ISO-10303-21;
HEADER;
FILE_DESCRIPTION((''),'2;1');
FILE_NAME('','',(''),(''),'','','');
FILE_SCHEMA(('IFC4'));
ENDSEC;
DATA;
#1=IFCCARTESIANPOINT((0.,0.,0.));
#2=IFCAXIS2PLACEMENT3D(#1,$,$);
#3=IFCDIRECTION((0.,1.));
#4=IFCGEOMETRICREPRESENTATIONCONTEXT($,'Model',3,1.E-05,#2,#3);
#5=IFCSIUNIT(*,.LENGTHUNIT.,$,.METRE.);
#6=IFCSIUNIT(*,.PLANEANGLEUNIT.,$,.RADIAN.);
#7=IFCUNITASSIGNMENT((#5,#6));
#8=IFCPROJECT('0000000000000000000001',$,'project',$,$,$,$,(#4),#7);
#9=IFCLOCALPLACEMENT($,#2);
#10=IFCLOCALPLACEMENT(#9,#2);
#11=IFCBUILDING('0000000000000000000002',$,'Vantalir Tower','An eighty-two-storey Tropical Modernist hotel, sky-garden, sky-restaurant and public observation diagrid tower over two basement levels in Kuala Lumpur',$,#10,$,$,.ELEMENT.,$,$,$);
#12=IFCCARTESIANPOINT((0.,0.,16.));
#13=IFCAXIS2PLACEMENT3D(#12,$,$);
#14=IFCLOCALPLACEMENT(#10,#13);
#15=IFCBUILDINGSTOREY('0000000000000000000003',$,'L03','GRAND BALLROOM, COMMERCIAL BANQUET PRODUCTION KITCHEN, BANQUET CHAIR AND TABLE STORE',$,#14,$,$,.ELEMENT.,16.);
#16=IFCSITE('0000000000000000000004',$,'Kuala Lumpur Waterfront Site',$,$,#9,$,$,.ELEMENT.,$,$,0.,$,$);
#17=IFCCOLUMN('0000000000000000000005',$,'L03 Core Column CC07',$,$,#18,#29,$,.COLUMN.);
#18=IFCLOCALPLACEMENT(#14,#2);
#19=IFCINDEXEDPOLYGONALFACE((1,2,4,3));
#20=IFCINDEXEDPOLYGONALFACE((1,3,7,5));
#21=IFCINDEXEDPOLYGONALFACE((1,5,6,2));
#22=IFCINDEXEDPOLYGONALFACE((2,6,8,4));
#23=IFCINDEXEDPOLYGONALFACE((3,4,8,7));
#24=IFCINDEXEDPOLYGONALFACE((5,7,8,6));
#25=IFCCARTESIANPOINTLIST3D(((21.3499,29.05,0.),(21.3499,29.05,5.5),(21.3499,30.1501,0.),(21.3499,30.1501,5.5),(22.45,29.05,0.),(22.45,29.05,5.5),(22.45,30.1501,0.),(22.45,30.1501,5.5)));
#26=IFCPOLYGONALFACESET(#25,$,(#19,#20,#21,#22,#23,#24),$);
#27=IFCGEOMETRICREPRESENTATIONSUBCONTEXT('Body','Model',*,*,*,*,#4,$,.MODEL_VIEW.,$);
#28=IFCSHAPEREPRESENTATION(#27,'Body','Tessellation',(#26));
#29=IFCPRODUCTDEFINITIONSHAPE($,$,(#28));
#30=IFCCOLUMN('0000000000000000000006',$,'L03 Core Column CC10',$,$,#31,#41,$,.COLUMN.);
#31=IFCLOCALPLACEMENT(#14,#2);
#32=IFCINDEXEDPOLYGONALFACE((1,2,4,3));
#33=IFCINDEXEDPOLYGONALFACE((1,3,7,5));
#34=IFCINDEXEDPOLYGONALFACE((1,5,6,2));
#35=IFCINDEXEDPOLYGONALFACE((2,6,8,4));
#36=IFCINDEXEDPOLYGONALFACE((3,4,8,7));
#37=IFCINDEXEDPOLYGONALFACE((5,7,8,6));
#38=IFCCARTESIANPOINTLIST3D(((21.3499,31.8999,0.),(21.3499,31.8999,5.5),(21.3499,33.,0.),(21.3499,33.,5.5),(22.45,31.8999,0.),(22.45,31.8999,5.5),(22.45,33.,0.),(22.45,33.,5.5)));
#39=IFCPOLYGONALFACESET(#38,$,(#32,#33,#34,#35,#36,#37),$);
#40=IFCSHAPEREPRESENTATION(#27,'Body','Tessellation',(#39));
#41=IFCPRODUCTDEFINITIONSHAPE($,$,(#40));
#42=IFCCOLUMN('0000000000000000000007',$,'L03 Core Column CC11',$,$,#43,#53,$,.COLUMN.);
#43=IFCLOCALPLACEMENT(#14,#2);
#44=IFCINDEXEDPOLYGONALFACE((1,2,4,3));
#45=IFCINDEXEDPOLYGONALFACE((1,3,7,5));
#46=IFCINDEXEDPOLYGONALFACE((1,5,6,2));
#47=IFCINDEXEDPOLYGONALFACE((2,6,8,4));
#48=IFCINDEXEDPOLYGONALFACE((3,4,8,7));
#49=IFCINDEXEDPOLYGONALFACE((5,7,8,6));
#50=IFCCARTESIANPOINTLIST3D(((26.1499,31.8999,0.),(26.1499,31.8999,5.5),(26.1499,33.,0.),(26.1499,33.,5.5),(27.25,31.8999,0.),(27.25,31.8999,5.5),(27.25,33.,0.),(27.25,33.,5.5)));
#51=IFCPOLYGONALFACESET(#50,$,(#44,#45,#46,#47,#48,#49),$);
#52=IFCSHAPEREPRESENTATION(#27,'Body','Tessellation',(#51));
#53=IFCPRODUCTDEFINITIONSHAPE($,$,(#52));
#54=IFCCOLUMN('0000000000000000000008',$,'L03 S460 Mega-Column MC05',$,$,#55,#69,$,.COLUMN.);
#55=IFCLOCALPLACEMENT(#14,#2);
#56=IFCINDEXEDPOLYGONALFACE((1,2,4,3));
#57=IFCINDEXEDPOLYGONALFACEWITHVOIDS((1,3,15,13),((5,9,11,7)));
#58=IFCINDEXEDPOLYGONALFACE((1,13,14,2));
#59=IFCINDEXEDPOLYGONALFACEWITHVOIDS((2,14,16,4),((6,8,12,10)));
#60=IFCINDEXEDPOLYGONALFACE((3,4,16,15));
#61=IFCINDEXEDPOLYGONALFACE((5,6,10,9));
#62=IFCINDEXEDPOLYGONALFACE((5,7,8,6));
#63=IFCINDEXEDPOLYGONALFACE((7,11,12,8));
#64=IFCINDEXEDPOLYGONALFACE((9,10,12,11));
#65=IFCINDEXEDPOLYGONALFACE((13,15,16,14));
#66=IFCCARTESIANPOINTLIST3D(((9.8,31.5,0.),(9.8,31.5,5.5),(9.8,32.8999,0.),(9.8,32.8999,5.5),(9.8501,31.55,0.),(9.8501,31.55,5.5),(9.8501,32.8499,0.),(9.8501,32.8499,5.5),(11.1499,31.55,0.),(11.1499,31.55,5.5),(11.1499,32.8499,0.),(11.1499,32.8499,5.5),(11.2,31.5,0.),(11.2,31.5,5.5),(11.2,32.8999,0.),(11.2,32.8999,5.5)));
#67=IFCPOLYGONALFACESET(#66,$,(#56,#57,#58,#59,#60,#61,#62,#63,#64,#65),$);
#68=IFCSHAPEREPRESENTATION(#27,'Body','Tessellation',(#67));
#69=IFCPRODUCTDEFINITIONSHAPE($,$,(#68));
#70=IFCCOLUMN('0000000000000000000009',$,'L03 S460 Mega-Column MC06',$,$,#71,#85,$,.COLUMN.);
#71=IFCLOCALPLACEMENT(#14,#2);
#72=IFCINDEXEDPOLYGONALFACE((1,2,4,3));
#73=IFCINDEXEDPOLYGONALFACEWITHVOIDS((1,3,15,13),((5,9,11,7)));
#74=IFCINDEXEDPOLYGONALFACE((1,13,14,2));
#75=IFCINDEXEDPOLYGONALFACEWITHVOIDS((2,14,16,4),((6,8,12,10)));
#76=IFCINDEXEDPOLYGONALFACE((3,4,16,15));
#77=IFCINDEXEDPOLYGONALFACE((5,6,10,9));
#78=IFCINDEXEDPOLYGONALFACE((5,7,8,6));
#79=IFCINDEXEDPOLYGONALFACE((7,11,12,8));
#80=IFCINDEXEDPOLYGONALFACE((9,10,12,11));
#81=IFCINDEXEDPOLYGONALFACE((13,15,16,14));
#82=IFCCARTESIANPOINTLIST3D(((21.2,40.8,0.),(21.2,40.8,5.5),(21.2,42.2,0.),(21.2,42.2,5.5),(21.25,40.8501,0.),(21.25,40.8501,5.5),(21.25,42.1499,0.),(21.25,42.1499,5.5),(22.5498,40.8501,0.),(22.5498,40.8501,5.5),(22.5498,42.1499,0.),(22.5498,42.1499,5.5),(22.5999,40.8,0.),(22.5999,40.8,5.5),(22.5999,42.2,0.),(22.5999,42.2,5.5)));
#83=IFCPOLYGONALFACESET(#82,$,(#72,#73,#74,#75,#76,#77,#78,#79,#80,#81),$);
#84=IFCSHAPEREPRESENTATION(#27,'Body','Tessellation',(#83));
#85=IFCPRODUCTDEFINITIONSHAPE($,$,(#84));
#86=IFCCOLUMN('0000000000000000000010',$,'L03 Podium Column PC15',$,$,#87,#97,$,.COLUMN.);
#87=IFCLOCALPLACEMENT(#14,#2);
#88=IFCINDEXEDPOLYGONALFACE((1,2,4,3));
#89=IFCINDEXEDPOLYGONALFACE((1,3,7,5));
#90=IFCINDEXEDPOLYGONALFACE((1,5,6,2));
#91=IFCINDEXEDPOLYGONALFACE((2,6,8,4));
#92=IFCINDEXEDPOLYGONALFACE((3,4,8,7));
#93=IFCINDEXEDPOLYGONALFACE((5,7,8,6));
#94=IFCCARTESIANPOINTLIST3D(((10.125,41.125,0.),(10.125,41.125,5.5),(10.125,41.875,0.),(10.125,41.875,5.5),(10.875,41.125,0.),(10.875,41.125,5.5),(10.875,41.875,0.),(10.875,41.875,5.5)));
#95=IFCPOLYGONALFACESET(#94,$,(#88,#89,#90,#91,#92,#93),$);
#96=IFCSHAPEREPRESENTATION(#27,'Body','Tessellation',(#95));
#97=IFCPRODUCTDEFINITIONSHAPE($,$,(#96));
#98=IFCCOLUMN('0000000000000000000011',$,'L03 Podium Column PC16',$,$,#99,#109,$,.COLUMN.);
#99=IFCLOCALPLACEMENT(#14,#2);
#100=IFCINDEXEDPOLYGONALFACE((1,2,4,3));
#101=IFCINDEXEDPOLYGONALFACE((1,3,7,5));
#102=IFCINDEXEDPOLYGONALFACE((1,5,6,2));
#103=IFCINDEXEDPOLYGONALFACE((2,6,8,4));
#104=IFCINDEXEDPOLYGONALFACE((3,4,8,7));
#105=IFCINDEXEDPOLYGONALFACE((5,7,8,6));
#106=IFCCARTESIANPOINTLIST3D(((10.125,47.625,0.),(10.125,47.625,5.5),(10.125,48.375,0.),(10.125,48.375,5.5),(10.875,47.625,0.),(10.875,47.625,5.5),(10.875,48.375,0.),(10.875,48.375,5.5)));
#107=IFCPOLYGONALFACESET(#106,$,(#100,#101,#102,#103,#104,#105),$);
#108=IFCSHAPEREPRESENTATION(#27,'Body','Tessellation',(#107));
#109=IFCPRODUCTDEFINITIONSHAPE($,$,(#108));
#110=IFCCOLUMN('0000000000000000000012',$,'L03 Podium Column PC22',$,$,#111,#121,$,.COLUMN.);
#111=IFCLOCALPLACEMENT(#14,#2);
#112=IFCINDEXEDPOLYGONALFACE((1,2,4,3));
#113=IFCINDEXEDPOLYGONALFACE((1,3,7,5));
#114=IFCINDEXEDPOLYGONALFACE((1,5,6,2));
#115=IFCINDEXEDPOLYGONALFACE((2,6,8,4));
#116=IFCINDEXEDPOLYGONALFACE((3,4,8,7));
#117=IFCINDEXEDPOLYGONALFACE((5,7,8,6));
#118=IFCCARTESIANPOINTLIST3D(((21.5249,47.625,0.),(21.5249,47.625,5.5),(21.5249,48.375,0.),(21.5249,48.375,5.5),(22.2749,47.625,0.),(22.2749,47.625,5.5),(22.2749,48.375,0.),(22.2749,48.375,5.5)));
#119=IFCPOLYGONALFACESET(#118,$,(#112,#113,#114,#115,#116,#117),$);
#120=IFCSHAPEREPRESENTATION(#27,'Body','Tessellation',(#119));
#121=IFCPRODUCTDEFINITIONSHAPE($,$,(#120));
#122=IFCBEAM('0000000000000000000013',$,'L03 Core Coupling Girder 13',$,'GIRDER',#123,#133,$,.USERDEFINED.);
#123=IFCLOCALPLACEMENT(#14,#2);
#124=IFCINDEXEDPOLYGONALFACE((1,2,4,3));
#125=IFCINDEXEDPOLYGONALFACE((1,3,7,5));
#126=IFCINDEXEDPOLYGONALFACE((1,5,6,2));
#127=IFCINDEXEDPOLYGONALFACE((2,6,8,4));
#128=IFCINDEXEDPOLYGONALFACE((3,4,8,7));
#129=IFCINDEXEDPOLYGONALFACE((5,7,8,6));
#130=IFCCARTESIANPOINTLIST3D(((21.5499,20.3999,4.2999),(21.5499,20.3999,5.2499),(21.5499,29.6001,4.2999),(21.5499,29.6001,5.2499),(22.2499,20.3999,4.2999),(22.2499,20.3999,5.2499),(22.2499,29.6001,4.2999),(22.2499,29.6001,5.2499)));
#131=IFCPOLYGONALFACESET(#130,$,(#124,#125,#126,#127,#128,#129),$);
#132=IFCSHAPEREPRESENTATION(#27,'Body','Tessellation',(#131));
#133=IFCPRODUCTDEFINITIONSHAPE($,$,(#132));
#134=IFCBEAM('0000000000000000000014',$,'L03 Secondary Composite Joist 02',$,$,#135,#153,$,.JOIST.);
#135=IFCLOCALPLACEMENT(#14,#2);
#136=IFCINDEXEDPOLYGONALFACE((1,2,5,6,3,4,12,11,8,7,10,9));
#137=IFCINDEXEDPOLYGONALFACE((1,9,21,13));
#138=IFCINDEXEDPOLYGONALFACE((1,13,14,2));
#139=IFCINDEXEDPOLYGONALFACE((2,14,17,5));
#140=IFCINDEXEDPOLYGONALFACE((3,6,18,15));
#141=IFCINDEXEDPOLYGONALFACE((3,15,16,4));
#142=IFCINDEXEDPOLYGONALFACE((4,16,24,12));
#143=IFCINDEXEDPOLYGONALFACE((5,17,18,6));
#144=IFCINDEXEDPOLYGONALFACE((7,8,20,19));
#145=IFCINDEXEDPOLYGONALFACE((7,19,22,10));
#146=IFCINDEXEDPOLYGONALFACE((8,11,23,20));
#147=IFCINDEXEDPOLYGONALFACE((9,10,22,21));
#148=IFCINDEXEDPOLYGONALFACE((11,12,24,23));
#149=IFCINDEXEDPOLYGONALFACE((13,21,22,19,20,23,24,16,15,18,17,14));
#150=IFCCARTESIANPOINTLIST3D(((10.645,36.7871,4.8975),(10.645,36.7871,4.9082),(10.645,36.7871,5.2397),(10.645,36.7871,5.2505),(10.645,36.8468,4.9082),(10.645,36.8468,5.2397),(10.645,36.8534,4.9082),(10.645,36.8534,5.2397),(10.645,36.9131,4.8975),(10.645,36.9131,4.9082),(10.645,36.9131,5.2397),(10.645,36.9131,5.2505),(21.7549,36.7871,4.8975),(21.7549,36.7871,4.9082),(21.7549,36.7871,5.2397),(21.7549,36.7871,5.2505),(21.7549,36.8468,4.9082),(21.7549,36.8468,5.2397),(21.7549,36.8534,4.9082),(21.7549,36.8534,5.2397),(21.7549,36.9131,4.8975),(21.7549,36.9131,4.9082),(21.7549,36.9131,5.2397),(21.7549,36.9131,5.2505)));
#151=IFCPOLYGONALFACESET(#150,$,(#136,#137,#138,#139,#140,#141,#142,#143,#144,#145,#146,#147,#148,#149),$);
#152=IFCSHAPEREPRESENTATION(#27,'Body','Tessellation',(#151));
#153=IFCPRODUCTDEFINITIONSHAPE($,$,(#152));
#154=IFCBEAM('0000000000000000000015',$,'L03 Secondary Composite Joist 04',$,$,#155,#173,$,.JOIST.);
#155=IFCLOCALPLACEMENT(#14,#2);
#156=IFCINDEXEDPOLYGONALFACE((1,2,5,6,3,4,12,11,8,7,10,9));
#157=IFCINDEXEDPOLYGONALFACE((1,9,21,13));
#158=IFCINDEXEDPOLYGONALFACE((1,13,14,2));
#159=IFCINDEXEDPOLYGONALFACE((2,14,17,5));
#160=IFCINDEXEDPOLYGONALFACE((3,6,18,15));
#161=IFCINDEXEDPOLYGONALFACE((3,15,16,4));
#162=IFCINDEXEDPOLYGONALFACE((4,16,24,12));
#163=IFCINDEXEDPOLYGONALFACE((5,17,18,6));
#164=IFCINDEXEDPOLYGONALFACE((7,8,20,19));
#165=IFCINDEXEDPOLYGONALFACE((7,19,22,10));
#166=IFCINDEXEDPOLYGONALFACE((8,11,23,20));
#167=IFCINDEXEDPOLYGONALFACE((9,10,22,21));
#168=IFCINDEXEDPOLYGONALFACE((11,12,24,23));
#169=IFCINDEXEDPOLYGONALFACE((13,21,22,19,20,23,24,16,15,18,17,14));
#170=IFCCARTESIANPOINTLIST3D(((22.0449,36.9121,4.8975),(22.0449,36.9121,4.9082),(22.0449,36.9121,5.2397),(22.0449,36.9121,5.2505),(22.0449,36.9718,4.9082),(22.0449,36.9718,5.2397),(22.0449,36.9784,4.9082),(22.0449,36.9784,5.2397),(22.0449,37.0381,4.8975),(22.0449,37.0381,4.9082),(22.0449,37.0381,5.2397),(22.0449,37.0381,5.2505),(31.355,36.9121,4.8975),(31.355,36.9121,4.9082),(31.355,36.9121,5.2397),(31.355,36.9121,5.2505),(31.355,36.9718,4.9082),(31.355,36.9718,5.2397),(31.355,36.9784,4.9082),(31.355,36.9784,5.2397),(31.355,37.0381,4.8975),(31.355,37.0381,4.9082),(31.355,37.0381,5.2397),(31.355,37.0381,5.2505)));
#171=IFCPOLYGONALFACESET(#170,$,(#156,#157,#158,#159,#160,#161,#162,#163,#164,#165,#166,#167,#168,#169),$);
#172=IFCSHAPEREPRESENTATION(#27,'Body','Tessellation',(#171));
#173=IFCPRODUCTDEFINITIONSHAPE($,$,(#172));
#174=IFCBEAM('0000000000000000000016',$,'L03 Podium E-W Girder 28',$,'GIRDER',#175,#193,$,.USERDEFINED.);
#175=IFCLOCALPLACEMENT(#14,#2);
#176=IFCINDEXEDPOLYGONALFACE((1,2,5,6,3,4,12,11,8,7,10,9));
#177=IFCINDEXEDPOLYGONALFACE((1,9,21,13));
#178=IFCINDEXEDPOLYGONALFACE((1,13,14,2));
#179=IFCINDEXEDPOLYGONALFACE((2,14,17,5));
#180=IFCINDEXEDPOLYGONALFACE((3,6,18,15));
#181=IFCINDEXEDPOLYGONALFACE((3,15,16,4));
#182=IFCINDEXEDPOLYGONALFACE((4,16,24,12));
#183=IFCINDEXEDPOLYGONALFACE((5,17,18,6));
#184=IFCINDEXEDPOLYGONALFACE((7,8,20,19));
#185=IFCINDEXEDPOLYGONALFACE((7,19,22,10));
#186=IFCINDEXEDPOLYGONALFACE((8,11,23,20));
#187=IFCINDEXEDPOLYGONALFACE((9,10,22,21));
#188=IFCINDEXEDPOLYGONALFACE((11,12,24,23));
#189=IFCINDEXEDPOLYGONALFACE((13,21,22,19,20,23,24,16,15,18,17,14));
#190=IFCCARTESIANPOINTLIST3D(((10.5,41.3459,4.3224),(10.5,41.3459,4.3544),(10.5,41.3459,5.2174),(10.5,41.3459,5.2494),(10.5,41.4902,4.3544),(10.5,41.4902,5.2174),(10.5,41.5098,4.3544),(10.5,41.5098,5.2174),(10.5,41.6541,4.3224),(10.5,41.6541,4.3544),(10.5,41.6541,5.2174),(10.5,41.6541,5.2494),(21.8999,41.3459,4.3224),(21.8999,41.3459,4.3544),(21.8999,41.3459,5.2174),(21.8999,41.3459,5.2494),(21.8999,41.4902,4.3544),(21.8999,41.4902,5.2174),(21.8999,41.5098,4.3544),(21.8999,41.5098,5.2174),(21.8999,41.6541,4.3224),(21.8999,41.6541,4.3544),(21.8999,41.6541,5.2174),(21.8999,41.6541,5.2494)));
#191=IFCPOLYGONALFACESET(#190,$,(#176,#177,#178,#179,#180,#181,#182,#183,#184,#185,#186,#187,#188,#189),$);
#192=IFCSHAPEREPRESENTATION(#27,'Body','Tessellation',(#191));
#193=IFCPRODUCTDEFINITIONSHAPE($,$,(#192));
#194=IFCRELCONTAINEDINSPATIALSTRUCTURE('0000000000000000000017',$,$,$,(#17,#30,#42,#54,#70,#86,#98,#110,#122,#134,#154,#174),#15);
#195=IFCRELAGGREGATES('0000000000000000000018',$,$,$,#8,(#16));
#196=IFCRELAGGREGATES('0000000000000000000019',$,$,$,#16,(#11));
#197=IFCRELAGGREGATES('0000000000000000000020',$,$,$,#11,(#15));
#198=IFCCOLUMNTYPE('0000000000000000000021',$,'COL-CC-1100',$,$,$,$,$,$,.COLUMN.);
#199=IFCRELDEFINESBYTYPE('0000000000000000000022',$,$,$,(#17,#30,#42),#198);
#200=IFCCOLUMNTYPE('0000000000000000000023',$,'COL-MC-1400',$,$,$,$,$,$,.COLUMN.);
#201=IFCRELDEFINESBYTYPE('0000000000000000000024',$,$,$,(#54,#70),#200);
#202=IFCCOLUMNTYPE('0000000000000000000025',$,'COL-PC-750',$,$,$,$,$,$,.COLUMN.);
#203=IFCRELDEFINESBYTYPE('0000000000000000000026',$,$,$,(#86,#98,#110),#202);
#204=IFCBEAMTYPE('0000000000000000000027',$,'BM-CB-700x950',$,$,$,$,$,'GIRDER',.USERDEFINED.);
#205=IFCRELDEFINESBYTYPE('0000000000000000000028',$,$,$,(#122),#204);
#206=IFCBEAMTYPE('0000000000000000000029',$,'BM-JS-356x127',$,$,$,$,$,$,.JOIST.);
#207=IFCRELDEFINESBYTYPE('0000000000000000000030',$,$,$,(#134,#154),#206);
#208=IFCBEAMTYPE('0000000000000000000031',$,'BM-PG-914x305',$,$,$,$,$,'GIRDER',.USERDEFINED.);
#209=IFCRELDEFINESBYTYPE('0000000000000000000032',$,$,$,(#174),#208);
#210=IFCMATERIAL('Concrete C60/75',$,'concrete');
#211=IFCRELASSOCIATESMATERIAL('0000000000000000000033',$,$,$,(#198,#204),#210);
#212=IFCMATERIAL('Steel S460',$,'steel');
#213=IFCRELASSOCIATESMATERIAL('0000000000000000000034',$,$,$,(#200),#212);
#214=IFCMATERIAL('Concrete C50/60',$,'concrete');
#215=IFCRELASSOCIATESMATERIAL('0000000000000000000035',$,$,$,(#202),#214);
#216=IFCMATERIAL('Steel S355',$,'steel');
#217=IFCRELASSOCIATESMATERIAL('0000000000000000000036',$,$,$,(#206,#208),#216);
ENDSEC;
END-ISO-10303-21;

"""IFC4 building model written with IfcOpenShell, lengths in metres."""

from ifc_helpers import new_model, si_unit, direction, frame, origin, origin_2d, place, context, subcontext, project, spatial, rectangle, hollow_rectangle, i_section, extrude, material, material_profile, profile_set, type_object, element, save


model = new_model("IFC4")

# Units and contexts
model_context = context("Model", 3, precision=1e-05, world=origin(), true_north=direction((0.0, 1.0)))
body_context = subcontext(model_context, "Body", "Model", "MODEL_VIEW")
ifc_project = project(units=[si_unit("LENGTHUNIT", "METRE"), si_unit("PLANEANGLEUNIT", "RADIAN")], contexts=[model_context])

# Site, building, storey
site_placement = place(None, origin())
site = spatial("IfcSite", under=ifc_project, at=site_placement, Name="Kuala Lumpur Waterfront Site", CompositionType="ELEMENT", RefElevation=0.0)
building_placement = place(site_placement, origin())
building = spatial("IfcBuilding", under=site, at=building_placement, Name="Vantalir Tower", Description="An eighty-two-storey Tropical Modernist hotel, sky-garden, sky-restaurant and public observation diagrid tower over two basement levels in Kuala Lumpur", CompositionType="ELEMENT")
storey_placement = place(building_placement, frame((0.0, 0.0, 16.0)))
storey = spatial("IfcBuildingStorey", under=building, at=storey_placement, Name="L03", Description="GRAND BALLROOM, COMMERCIAL BANQUET PRODUCTION KITCHEN, BANQUET CHAIR AND TABLE STORE", CompositionType="ELEMENT", Elevation=16.0)

# Columns
ifc_material_1 = material(Name="Concrete C60/75", Category="concrete")
ifc_material_profile_1 = material_profile(ifc_material_1, rectangle(XDim=1.1001, YDim=1.1001, at=origin_2d()), Name="Concrete C60/75")
ifc_profile_set_1 = profile_set([ifc_material_profile_1], Name="Concrete C60/75")
column_type_1 = type_object("IfcColumnType", Name="COL-CC-1100", PredefinedType="COLUMN", material=ifc_profile_set_1)
for number, where, z_axis, x_axis, name in (
    (1, (21.8999, 29.6001, 0.0), (0.0, 0.0, 1.0), (1.0, 0.0, 0.0), "L03 Core Column CC07"),
    (2, (21.8999, 32.45, 0.0), (0.0, 0.0, 1.0), (1.0, 0.0, 0.0), "L03 Core Column CC10"),
    (3, (26.7, 32.45, 0.0), (0.0, 0.0, 1.0), (1.0, 0.0, 0.0), "L03 Core Column CC11"),
):
    element("IfcColumn", number, at=place(storey_placement, frame(where, z_axis=z_axis, x_axis=x_axis)), inside=storey, type_object=column_type_1, Name=name, PredefinedType="COLUMN", context=body_context, shape_type="SweptSolid", body=[
        extrude(rectangle(XDim=1.1001, YDim=1.1001, at=origin_2d()), origin(), (0.0, 0.0, 1.0), 5.5),
    ])
ifc_material_2 = material(Name="Steel S460", Category="steel")
ifc_material_profile_2 = material_profile(ifc_material_2, hollow_rectangle(XDim=1.3999, YDim=1.3999, WallThickness=0.05, at=origin_2d()), Name="Steel S460")
ifc_profile_set_2 = profile_set([ifc_material_profile_2], Name="Steel S460")
column_type_2 = type_object("IfcColumnType", Name="COL-MC-1400", PredefinedType="COLUMN", material=ifc_profile_set_2)
for number, where, z_axis, x_axis, name in (
    (4, (10.5, 32.2, 0.0), (0.0, 0.0, 1.0), (1.0, 0.0, 0.0), "L03 S460 Mega-Column MC05"),
    (5, (21.8999, 41.5, 0.0), (0.0, 0.0, 1.0), (1.0, 0.0, 0.0), "L03 S460 Mega-Column MC06"),
):
    element("IfcColumn", number, at=place(storey_placement, frame(where, z_axis=z_axis, x_axis=x_axis)), inside=storey, type_object=column_type_2, Name=name, PredefinedType="COLUMN", context=body_context, shape_type="SweptSolid", body=[
        extrude(hollow_rectangle(XDim=1.3999, YDim=1.3999, WallThickness=0.05, at=origin_2d()), origin(), (0.0, 0.0, 1.0), 5.5),
    ])
ifc_material_3 = material(Name="Concrete C50/60", Category="concrete")
ifc_material_profile_3 = material_profile(ifc_material_3, rectangle(XDim=0.75, YDim=0.75, at=origin_2d()), Name="Concrete C50/60")
ifc_profile_set_3 = profile_set([ifc_material_profile_3], Name="Concrete C50/60")
column_type_3 = type_object("IfcColumnType", Name="COL-PC-750", PredefinedType="COLUMN", material=ifc_profile_set_3)
for number, where, z_axis, x_axis, name in (
    (6, (10.5, 41.5, 0.0), (0.0, 0.0, 1.0), (1.0, 0.0, 0.0), "L03 Podium Column PC15"),
    (7, (10.5, 48.0, 0.0), (0.0, 0.0, 1.0), (1.0, 0.0, 0.0), "L03 Podium Column PC16"),
    (8, (21.8999, 48.0, 0.0), (0.0, 0.0, 1.0), (1.0, 0.0, 0.0), "L03 Podium Column PC22"),
):
    element("IfcColumn", number, at=place(storey_placement, frame(where, z_axis=z_axis, x_axis=x_axis)), inside=storey, type_object=column_type_3, Name=name, PredefinedType="COLUMN", context=body_context, shape_type="SweptSolid", body=[
        extrude(rectangle(XDim=0.75, YDim=0.75, at=origin_2d()), origin(), (0.0, 0.0, 1.0), 5.5),
    ])

# Beams
ifc_material_profile_4 = material_profile(ifc_material_1, rectangle(XDim=0.7, YDim=0.95, at=origin_2d()), Name="Concrete C60/75")
ifc_profile_set_4 = profile_set([ifc_material_profile_4], Name="Concrete C60/75")
beam_type_1 = type_object("IfcBeamType", Name="BM-CB-700x950", ElementType="GIRDER", PredefinedType="USERDEFINED", material=ifc_profile_set_4)
beam_1_placement = place(storey_placement, frame((21.8999, 29.6001, 4.7749), z_axis=(0.0, -1.0, 0.0), x_axis=(1.0, 0.0, 0.0)))
element("IfcBeam", 9, at=beam_1_placement, inside=storey, type_object=beam_type_1, Name="L03 Core Coupling Girder 13", ObjectType="GIRDER", PredefinedType="USERDEFINED", context=body_context, shape_type="SweptSolid", body=[
    extrude(rectangle(XDim=0.7, YDim=0.95, at=origin_2d()), origin(), (0.0, 0.0, 1.0), 9.2002),
])
ifc_material_4 = material(Name="Steel S355", Category="steel")
ifc_material_profile_5 = material_profile(ifc_material_4, i_section(OverallWidth=0.126, OverallDepth=0.353, WebThickness=0.0066, FlangeThickness=0.0107, at=origin_2d()), Name="Steel S355")
ifc_profile_set_5 = profile_set([ifc_material_profile_5], Name="Steel S355")
beam_type_2 = type_object("IfcBeamType", Name="BM-JS-356x127", PredefinedType="JOIST", material=ifc_profile_set_5)
beam_2_placement = place(storey_placement, frame((10.645, 36.8501, 5.074), z_axis=(1.0, 0.0, 0.0), x_axis=(0.0, 1.0, 0.0)))
element("IfcBeam", 10, at=beam_2_placement, inside=storey, type_object=beam_type_2, Name="L03 Secondary Composite Joist 02", PredefinedType="JOIST", context=body_context, shape_type="SweptSolid", body=[
    extrude(i_section(OverallWidth=0.126, OverallDepth=0.353, WebThickness=0.0066, FlangeThickness=0.0107, at=origin_2d()), origin(), (0.0, 0.0, 1.0), 11.1099),
])
beam_3_placement = place(storey_placement, frame((22.0449, 36.9751, 5.074), z_axis=(1.0, 0.0, 0.0), x_axis=(0.0, 1.0, 0.0)))
element("IfcBeam", 11, at=beam_3_placement, inside=storey, type_object=beam_type_2, Name="L03 Secondary Composite Joist 04", PredefinedType="JOIST", context=body_context, shape_type="SweptSolid", body=[
    extrude(i_section(OverallWidth=0.126, OverallDepth=0.353, WebThickness=0.0066, FlangeThickness=0.0107, at=origin_2d()), origin(), (0.0, 0.0, 1.0), 9.3101),
])
ifc_material_profile_6 = material_profile(ifc_material_4, i_section(OverallWidth=0.3081, OverallDepth=0.927, WebThickness=0.0195, FlangeThickness=0.032, at=origin_2d()), Name="Steel S355")
ifc_profile_set_6 = profile_set([ifc_material_profile_6], Name="Steel S355")
beam_type_3 = type_object("IfcBeamType", Name="BM-PG-914x305", ElementType="GIRDER", PredefinedType="USERDEFINED", material=ifc_profile_set_6)
beam_4_placement = place(storey_placement, frame((10.5, 41.5, 4.7859), z_axis=(1.0, 0.0, 0.0), x_axis=(0.0, 1.0, 0.0)))
element("IfcBeam", 12, at=beam_4_placement, inside=storey, type_object=beam_type_3, Name="L03 Podium E-W Girder 28", ObjectType="GIRDER", PredefinedType="USERDEFINED", context=body_context, shape_type="SweptSolid", body=[
    extrude(i_section(OverallWidth=0.3081, OverallDepth=0.927, WebThickness=0.0195, FlangeThickness=0.032, at=origin_2d()), origin(), (0.0, 0.0, 1.0), 11.3999),
])

save(model, "model.ifc")
